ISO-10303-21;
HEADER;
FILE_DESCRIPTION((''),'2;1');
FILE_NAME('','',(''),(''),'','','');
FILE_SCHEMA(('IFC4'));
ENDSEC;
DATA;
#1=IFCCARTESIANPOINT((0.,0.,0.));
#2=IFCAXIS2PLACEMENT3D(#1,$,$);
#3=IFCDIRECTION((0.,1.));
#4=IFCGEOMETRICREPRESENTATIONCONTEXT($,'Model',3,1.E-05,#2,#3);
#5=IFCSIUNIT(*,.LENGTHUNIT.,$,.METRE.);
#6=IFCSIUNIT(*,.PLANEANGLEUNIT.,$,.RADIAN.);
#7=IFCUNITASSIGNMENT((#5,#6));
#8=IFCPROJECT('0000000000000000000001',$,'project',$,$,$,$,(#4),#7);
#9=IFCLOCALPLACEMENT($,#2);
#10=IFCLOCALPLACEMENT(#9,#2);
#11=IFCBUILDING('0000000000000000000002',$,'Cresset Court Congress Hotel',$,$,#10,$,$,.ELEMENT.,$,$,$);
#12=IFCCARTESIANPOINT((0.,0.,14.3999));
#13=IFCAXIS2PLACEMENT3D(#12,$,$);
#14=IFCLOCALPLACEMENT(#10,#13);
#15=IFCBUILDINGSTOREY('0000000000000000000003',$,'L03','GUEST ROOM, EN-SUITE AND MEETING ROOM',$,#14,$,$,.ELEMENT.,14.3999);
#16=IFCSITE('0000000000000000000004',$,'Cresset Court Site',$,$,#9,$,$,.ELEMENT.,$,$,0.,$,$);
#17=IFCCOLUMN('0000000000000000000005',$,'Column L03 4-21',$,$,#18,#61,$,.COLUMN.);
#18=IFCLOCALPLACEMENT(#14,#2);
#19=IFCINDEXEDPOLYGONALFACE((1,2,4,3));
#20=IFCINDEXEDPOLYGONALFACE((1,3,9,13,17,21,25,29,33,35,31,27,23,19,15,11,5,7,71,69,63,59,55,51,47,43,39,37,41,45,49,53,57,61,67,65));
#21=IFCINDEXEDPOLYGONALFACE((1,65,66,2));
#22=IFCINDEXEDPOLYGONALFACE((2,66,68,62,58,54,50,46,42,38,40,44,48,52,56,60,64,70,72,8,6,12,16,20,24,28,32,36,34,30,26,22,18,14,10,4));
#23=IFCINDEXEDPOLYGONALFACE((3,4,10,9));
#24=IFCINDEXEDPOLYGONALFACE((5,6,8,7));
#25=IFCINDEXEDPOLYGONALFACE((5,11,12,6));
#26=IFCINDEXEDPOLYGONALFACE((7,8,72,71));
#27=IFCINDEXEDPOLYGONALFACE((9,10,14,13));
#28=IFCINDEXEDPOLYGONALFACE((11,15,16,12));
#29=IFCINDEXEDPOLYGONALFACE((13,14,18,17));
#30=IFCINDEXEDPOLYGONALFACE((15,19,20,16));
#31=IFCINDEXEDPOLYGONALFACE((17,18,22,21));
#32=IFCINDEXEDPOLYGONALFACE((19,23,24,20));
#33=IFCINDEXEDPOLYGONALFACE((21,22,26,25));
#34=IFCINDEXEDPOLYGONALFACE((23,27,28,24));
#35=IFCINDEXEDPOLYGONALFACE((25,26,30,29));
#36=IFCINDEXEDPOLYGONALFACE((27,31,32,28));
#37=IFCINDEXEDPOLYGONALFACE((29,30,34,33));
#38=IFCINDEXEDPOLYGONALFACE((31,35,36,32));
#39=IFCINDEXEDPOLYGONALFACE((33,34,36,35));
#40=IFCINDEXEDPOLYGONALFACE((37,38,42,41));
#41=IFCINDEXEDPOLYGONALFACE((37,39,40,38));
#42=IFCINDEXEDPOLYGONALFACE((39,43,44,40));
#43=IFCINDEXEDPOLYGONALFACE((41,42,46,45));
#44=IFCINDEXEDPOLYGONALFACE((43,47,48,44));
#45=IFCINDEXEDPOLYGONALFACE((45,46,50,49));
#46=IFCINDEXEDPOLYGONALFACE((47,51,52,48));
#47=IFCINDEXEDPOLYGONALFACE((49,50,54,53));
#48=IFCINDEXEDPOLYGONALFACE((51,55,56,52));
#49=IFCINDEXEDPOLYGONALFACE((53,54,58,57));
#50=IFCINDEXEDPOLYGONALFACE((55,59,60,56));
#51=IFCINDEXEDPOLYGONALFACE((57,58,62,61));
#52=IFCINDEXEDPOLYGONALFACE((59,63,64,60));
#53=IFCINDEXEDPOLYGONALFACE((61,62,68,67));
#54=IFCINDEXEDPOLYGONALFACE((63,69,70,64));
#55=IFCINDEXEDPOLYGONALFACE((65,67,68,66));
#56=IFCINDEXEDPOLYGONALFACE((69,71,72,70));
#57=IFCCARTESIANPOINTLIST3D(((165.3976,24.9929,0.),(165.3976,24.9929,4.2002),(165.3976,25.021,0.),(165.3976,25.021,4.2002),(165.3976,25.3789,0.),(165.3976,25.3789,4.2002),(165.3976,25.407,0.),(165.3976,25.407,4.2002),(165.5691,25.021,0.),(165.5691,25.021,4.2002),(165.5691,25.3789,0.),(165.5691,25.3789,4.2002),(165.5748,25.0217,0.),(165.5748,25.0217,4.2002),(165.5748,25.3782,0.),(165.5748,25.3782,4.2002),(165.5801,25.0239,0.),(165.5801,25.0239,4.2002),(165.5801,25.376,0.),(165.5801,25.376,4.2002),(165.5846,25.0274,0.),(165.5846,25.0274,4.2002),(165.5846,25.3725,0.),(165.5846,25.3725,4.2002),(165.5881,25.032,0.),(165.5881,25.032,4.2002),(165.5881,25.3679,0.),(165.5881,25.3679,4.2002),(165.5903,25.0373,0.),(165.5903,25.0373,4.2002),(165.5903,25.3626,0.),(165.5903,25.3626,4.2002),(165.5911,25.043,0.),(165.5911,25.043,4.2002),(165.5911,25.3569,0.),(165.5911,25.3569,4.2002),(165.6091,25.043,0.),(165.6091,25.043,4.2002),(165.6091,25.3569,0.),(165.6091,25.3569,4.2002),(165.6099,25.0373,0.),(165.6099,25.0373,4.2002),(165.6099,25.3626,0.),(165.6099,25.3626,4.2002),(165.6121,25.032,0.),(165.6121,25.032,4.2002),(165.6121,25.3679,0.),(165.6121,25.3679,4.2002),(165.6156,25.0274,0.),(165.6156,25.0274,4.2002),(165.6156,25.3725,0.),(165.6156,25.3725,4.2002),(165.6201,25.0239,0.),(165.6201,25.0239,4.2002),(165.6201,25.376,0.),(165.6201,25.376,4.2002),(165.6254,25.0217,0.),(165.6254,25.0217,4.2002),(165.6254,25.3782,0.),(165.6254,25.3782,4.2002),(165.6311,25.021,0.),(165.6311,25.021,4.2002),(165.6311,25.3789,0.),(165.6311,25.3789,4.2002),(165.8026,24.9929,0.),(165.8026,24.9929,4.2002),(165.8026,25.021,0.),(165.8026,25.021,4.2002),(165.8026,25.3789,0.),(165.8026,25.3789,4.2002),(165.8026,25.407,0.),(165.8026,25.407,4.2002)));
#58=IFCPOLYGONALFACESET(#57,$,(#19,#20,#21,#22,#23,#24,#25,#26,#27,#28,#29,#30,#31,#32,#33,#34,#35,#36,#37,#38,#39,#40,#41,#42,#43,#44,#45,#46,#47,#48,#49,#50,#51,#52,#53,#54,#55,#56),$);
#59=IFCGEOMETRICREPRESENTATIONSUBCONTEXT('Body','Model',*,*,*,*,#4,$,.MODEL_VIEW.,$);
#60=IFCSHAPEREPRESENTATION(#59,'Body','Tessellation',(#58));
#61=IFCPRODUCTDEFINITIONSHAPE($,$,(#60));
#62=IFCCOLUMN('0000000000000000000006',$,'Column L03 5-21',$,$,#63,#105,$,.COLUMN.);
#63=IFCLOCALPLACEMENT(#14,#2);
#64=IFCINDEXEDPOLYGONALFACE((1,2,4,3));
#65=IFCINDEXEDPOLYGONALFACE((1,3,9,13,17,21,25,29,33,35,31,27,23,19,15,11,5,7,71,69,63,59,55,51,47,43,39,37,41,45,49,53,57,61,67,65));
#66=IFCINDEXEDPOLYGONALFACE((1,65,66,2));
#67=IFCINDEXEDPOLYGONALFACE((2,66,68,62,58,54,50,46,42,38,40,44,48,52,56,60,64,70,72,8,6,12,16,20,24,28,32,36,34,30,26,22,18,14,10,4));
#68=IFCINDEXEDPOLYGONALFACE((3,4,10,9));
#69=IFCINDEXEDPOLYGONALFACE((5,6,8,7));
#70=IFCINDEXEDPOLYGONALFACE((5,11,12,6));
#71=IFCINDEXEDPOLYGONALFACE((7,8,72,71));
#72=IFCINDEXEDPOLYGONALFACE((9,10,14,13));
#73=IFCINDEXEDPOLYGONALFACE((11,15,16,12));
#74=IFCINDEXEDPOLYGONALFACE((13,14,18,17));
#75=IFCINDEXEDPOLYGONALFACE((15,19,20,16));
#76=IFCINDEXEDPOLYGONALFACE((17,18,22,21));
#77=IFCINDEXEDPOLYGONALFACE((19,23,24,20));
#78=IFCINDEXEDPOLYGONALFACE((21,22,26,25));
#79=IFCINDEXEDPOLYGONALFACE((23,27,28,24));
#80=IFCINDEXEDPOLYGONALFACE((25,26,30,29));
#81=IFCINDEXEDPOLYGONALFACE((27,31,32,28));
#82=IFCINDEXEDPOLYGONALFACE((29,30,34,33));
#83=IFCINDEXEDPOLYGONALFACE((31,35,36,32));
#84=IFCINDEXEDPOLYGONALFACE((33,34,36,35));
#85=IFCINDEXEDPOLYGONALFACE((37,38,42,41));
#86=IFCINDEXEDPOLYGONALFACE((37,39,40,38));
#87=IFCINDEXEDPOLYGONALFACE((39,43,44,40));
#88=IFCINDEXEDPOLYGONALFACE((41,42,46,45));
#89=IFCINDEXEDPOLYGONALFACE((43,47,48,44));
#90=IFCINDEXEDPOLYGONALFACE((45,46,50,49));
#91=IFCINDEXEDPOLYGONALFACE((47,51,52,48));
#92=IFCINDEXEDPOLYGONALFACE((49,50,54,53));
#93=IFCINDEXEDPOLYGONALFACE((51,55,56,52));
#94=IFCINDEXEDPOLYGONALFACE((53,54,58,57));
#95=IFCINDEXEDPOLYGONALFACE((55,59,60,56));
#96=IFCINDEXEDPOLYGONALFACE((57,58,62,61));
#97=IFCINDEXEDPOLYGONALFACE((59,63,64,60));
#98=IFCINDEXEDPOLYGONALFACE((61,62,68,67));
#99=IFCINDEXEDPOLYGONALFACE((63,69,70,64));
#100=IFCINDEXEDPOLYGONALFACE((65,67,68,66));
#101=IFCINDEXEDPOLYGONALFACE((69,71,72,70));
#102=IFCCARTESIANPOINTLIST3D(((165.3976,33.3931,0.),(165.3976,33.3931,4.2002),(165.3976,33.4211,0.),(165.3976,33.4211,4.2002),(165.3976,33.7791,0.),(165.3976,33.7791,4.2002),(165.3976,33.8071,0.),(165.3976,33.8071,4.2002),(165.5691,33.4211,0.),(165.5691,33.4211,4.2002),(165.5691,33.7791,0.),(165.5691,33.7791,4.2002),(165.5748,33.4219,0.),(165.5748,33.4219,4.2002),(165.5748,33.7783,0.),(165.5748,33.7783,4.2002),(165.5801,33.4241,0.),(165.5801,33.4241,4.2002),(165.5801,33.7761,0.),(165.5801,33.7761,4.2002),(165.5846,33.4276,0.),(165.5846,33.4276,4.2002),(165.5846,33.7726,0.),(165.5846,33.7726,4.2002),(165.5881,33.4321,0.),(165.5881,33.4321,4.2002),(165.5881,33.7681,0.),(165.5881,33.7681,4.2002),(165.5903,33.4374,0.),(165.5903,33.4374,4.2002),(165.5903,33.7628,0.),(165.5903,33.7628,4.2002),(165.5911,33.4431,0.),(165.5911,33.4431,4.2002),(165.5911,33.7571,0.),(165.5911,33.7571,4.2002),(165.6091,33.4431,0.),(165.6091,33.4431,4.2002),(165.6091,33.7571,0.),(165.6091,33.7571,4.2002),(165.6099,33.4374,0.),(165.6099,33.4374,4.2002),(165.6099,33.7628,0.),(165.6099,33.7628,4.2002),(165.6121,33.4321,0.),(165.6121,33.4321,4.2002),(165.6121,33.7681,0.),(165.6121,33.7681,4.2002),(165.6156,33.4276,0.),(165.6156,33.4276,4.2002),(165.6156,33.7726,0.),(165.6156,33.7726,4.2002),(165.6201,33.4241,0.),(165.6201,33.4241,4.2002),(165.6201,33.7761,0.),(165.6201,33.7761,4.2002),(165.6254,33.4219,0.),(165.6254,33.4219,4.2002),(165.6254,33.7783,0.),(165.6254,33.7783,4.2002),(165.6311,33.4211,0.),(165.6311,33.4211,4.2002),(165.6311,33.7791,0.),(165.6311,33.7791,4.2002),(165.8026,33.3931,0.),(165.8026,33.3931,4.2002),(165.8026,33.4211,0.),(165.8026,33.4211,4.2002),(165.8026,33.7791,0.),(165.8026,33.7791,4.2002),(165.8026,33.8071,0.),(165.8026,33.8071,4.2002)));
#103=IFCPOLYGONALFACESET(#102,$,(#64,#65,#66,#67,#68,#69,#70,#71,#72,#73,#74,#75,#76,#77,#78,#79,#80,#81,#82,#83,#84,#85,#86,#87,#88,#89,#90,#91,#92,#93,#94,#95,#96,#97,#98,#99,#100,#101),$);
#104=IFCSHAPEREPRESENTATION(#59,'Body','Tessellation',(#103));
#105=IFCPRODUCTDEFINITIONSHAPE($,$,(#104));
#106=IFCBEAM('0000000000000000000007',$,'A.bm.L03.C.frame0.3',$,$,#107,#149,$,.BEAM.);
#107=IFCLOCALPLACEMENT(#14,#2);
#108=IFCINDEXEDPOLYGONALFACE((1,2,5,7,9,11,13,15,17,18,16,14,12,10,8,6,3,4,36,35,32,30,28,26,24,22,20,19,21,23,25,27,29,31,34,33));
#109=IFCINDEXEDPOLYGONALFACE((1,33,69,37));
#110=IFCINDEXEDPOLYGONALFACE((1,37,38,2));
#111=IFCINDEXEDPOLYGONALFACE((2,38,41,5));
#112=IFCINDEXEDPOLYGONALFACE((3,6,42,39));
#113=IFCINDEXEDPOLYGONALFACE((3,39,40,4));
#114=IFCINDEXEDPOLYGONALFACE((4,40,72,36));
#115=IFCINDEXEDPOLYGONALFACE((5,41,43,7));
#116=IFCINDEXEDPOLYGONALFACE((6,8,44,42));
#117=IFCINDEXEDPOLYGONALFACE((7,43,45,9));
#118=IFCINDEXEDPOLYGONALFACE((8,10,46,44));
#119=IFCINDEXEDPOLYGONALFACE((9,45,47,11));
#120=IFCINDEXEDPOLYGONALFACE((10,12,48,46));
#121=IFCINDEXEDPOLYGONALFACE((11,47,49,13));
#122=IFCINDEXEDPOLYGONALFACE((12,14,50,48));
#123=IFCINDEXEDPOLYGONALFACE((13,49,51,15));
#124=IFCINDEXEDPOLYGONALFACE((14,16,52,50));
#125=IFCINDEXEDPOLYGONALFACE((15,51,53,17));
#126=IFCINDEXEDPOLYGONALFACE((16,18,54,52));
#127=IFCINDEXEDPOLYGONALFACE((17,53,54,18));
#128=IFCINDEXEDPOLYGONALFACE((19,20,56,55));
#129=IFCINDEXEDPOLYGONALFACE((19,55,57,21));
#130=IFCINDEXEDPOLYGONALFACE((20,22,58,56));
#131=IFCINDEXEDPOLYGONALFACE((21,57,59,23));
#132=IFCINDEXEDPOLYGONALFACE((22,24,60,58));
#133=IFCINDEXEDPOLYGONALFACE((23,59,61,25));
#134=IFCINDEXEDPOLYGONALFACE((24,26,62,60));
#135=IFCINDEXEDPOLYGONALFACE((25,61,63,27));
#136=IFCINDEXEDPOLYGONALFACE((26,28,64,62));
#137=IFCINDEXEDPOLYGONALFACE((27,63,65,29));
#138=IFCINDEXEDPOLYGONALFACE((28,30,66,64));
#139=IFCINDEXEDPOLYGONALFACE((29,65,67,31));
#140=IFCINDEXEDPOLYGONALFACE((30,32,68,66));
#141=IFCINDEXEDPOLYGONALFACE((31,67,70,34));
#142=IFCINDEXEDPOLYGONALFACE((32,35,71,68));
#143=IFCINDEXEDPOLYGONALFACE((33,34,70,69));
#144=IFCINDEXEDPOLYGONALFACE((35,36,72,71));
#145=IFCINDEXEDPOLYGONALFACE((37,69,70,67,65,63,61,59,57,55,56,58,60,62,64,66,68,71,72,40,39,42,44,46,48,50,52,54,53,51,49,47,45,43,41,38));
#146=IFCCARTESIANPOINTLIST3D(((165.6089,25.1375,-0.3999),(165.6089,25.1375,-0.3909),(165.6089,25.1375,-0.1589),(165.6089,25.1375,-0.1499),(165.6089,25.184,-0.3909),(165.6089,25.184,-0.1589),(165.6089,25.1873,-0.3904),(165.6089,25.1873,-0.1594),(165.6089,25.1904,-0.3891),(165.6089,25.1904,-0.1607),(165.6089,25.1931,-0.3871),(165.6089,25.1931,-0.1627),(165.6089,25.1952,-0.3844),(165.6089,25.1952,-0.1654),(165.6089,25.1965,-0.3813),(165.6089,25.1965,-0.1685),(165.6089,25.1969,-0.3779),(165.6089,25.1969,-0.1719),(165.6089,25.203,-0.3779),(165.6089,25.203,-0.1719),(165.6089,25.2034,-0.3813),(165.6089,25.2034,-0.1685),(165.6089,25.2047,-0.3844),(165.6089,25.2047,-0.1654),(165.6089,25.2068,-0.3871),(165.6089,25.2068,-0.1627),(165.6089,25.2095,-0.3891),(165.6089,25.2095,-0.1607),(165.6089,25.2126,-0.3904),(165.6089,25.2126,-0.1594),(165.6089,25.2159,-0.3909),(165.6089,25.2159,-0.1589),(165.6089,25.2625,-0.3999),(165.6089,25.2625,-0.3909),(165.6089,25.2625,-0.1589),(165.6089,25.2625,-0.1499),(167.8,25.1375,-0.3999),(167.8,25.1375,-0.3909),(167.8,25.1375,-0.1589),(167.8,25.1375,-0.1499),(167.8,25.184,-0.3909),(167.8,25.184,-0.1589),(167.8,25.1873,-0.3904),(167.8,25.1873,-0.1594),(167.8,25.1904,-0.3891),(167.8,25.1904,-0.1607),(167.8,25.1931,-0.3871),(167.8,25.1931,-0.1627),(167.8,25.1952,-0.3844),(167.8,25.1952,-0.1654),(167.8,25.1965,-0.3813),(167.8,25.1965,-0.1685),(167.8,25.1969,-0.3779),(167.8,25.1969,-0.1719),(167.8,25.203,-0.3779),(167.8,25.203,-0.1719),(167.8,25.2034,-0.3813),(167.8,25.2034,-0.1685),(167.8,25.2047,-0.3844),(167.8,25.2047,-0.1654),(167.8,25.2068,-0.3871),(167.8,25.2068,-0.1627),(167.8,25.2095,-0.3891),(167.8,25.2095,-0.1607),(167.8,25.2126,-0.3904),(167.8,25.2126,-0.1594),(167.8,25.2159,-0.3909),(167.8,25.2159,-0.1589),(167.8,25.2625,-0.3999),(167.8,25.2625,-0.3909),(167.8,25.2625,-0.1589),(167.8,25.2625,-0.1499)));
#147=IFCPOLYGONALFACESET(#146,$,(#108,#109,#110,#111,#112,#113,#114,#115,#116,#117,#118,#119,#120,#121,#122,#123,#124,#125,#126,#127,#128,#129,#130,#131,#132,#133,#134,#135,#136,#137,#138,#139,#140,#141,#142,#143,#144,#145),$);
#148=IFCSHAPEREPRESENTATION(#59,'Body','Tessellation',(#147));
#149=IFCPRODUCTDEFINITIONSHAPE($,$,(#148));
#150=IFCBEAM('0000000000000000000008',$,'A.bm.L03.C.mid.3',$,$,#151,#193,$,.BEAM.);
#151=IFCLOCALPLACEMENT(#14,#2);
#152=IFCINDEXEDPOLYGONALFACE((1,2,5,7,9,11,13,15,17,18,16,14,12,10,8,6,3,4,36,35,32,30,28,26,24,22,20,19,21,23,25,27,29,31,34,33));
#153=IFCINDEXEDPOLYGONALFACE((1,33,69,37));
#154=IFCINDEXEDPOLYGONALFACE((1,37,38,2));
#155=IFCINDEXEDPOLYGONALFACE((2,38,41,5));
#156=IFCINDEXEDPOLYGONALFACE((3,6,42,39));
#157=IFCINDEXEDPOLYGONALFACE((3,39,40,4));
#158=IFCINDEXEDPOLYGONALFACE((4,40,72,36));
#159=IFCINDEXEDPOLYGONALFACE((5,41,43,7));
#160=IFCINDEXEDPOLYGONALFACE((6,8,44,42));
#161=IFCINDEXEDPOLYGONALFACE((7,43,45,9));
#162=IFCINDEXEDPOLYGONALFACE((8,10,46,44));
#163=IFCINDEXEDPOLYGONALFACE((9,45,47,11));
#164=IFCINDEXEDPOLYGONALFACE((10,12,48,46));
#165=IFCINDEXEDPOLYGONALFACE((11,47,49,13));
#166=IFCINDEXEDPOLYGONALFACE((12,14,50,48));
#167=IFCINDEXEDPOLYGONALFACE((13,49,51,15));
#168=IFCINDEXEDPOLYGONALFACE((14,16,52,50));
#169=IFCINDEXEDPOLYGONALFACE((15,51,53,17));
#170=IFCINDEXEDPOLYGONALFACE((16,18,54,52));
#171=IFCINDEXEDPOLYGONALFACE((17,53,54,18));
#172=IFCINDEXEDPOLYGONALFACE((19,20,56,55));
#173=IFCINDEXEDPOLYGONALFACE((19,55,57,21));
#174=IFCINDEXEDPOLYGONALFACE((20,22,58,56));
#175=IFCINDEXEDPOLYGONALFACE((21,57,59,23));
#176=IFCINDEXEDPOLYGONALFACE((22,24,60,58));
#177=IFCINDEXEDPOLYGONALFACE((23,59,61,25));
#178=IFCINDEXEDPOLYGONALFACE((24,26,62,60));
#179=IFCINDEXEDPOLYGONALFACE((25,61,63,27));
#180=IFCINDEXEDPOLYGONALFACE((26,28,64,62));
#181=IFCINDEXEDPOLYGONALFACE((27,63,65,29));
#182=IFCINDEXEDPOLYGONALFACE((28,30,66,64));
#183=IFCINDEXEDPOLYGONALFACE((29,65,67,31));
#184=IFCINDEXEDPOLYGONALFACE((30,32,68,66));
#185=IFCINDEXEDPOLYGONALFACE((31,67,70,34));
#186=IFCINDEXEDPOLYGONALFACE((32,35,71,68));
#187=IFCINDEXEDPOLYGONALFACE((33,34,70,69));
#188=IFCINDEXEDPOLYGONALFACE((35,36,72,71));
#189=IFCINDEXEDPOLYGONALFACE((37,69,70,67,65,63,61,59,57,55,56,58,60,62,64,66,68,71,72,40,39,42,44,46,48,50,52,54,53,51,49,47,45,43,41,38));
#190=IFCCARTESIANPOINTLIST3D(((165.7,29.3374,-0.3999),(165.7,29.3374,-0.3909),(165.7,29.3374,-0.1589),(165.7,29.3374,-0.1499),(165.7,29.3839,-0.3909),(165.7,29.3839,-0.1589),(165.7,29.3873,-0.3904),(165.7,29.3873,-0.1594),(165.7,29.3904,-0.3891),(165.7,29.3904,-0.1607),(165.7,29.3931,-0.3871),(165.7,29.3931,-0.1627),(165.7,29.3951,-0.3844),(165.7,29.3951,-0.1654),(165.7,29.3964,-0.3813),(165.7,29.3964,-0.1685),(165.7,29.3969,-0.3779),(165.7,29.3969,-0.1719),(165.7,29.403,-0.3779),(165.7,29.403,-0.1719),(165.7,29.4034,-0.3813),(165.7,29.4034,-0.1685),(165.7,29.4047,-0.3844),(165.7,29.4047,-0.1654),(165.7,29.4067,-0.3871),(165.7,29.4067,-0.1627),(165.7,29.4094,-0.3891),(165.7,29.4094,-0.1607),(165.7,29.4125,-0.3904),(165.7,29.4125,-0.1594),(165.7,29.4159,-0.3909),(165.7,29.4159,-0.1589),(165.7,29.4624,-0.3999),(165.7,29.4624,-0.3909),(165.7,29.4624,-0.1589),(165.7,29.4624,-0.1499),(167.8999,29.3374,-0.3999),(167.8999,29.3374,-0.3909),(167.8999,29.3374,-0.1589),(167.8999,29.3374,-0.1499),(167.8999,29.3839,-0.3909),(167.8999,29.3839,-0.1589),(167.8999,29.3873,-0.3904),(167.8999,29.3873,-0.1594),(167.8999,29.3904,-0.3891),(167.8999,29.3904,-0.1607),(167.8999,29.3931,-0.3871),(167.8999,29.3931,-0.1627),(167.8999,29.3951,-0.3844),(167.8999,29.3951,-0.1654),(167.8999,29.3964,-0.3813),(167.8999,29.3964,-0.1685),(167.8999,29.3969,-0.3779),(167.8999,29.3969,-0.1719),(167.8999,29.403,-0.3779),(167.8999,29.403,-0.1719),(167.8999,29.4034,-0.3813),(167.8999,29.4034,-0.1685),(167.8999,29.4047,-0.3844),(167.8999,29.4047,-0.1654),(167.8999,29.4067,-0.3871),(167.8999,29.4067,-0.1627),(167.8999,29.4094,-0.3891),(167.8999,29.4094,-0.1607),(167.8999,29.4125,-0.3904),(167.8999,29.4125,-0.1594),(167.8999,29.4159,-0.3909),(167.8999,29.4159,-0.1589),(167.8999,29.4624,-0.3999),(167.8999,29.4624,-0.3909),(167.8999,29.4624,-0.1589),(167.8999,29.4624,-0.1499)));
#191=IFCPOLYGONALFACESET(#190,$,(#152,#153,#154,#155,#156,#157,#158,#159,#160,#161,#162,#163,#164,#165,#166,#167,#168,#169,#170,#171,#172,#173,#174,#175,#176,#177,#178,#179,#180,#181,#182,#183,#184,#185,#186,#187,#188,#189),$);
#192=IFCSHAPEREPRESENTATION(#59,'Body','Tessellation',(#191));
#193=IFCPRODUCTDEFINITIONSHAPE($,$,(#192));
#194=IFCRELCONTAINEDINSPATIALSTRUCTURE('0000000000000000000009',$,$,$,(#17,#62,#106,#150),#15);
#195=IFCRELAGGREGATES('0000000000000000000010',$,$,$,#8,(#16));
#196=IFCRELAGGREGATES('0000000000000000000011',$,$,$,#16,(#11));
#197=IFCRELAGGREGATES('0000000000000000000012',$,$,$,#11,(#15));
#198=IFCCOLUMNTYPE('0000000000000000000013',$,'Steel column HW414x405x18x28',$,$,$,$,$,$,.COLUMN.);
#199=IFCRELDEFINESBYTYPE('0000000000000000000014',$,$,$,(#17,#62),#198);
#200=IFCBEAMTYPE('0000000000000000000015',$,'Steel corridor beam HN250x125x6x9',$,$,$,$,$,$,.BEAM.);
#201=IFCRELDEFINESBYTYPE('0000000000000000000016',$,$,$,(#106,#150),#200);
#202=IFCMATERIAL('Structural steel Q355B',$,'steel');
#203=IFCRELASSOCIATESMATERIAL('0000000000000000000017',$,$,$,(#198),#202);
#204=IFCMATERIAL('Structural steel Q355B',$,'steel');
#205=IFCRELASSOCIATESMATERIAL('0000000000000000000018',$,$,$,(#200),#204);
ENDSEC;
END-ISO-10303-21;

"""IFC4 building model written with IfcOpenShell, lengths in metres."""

from ifc_helpers import new_model, si_unit, direction, frame, origin, origin_2d, place, context, subcontext, project, spatial, i_section, extrude, material, material_profile, profile_set, type_object, element, save


model = new_model("IFC4")

# Units and contexts
model_context = context("Model", 3, precision=1e-05, world=origin(), true_north=direction((0.0, 1.0)))
body_context = subcontext(model_context, "Body", "Model", "MODEL_VIEW")
ifc_project = project(units=[si_unit("LENGTHUNIT", "METRE"), si_unit("PLANEANGLEUNIT", "RADIAN")], contexts=[model_context])

# Site, building, storey
site_placement = place(None, origin())
site = spatial("IfcSite", under=ifc_project, at=site_placement, Name="Cresset Court Site", CompositionType="ELEMENT", RefElevation=0.0)
building_placement = place(site_placement, origin())
building = spatial("IfcBuilding", under=site, at=building_placement, Name="Cresset Court Congress Hotel", CompositionType="ELEMENT")
storey_placement = place(building_placement, frame((0.0, 0.0, 14.3999)))
storey = spatial("IfcBuildingStorey", under=building, at=storey_placement, Name="L03", Description="GUEST ROOM, EN-SUITE AND MEETING ROOM", CompositionType="ELEMENT", Elevation=14.3999)

# Columns
ifc_material_1 = material(Name="Structural steel Q355B", Category="steel")
ifc_material_profile_1 = material_profile(ifc_material_1, i_section(OverallWidth=0.405, OverallDepth=0.4141, WebThickness=0.0181, FlangeThickness=0.0281, FilletRadius=0.022, at=origin_2d()), Name="HW414x405x18x28")
ifc_profile_set_1 = profile_set([ifc_material_profile_1], Name="Structural steel Q355B")
column_type = type_object("IfcColumnType", Name="Steel column HW414x405x18x28", PredefinedType="COLUMN", material=ifc_profile_set_1)
for number, where, z_axis, x_axis, name in (
    (1, (165.6001, 25.2, 0.0), (0.0, 0.0, 1.0), (1.0, 0.0, 0.0), "Column L03 4-21"),
    (2, (165.6001, 33.6001, 0.0), (0.0, 0.0, 1.0), (1.0, 0.0, 0.0), "Column L03 5-21"),
):
    element("IfcColumn", number, at=place(storey_placement, frame(where, z_axis=z_axis, x_axis=x_axis)), inside=storey, type_object=column_type, Name=name, PredefinedType="COLUMN", context=body_context, shape_type="SweptSolid", body=[
        extrude(i_section(OverallWidth=0.405, OverallDepth=0.4141, WebThickness=0.0181, FlangeThickness=0.0281, FilletRadius=0.022, at=origin_2d()), origin(), (0.0, 0.0, 1.0), 4.2002),
    ])

# Beams
ifc_material_2 = material(Name="Structural steel Q355B", Category="steel")
ifc_material_profile_2 = material_profile(ifc_material_2, i_section(OverallWidth=0.125, OverallDepth=0.25, WebThickness=0.0061, FlangeThickness=0.009, FilletRadius=0.0129, at=origin_2d()), Name="HN250x125x6x9")
ifc_profile_set_2 = profile_set([ifc_material_profile_2], Name="Structural steel Q355B")
beam_type_1 = type_object("IfcBeamType", Name="Steel corridor beam HN250x125x6x9", PredefinedType="BEAM", material=ifc_profile_set_2)
beam_1_placement = place(storey_placement, frame((165.6089, 25.2, -0.2749), z_axis=(1.0, 0.0, 0.0), x_axis=(0.0, 1.0, 0.0)))
element("IfcBeam", 3, at=beam_1_placement, inside=storey, type_object=beam_type_1, Name="A.bm.L03.C.frame0.3", PredefinedType="BEAM", context=body_context, shape_type="SweptSolid", body=[
    extrude(i_section(OverallWidth=0.125, OverallDepth=0.25, WebThickness=0.0061, FlangeThickness=0.009, FilletRadius=0.0129, at=origin_2d()), origin(), (0.0, 0.0, 1.0), 2.1912),
])
beam_2_placement = place(storey_placement, frame((165.7, 29.3999, -0.2749), z_axis=(1.0, 0.0, 0.0), x_axis=(0.0, 1.0, 0.0)))
element("IfcBeam", 4, at=beam_2_placement, inside=storey, type_object=beam_type_1, Name="A.bm.L03.C.mid.3", PredefinedType="BEAM", context=body_context, shape_type="SweptSolid", body=[
    extrude(i_section(OverallWidth=0.125, OverallDepth=0.25, WebThickness=0.0061, FlangeThickness=0.009, FilletRadius=0.0129, at=origin_2d()), origin(), (0.0, 0.0, 1.0), 2.2),
])

save(model, "model.ifc")
